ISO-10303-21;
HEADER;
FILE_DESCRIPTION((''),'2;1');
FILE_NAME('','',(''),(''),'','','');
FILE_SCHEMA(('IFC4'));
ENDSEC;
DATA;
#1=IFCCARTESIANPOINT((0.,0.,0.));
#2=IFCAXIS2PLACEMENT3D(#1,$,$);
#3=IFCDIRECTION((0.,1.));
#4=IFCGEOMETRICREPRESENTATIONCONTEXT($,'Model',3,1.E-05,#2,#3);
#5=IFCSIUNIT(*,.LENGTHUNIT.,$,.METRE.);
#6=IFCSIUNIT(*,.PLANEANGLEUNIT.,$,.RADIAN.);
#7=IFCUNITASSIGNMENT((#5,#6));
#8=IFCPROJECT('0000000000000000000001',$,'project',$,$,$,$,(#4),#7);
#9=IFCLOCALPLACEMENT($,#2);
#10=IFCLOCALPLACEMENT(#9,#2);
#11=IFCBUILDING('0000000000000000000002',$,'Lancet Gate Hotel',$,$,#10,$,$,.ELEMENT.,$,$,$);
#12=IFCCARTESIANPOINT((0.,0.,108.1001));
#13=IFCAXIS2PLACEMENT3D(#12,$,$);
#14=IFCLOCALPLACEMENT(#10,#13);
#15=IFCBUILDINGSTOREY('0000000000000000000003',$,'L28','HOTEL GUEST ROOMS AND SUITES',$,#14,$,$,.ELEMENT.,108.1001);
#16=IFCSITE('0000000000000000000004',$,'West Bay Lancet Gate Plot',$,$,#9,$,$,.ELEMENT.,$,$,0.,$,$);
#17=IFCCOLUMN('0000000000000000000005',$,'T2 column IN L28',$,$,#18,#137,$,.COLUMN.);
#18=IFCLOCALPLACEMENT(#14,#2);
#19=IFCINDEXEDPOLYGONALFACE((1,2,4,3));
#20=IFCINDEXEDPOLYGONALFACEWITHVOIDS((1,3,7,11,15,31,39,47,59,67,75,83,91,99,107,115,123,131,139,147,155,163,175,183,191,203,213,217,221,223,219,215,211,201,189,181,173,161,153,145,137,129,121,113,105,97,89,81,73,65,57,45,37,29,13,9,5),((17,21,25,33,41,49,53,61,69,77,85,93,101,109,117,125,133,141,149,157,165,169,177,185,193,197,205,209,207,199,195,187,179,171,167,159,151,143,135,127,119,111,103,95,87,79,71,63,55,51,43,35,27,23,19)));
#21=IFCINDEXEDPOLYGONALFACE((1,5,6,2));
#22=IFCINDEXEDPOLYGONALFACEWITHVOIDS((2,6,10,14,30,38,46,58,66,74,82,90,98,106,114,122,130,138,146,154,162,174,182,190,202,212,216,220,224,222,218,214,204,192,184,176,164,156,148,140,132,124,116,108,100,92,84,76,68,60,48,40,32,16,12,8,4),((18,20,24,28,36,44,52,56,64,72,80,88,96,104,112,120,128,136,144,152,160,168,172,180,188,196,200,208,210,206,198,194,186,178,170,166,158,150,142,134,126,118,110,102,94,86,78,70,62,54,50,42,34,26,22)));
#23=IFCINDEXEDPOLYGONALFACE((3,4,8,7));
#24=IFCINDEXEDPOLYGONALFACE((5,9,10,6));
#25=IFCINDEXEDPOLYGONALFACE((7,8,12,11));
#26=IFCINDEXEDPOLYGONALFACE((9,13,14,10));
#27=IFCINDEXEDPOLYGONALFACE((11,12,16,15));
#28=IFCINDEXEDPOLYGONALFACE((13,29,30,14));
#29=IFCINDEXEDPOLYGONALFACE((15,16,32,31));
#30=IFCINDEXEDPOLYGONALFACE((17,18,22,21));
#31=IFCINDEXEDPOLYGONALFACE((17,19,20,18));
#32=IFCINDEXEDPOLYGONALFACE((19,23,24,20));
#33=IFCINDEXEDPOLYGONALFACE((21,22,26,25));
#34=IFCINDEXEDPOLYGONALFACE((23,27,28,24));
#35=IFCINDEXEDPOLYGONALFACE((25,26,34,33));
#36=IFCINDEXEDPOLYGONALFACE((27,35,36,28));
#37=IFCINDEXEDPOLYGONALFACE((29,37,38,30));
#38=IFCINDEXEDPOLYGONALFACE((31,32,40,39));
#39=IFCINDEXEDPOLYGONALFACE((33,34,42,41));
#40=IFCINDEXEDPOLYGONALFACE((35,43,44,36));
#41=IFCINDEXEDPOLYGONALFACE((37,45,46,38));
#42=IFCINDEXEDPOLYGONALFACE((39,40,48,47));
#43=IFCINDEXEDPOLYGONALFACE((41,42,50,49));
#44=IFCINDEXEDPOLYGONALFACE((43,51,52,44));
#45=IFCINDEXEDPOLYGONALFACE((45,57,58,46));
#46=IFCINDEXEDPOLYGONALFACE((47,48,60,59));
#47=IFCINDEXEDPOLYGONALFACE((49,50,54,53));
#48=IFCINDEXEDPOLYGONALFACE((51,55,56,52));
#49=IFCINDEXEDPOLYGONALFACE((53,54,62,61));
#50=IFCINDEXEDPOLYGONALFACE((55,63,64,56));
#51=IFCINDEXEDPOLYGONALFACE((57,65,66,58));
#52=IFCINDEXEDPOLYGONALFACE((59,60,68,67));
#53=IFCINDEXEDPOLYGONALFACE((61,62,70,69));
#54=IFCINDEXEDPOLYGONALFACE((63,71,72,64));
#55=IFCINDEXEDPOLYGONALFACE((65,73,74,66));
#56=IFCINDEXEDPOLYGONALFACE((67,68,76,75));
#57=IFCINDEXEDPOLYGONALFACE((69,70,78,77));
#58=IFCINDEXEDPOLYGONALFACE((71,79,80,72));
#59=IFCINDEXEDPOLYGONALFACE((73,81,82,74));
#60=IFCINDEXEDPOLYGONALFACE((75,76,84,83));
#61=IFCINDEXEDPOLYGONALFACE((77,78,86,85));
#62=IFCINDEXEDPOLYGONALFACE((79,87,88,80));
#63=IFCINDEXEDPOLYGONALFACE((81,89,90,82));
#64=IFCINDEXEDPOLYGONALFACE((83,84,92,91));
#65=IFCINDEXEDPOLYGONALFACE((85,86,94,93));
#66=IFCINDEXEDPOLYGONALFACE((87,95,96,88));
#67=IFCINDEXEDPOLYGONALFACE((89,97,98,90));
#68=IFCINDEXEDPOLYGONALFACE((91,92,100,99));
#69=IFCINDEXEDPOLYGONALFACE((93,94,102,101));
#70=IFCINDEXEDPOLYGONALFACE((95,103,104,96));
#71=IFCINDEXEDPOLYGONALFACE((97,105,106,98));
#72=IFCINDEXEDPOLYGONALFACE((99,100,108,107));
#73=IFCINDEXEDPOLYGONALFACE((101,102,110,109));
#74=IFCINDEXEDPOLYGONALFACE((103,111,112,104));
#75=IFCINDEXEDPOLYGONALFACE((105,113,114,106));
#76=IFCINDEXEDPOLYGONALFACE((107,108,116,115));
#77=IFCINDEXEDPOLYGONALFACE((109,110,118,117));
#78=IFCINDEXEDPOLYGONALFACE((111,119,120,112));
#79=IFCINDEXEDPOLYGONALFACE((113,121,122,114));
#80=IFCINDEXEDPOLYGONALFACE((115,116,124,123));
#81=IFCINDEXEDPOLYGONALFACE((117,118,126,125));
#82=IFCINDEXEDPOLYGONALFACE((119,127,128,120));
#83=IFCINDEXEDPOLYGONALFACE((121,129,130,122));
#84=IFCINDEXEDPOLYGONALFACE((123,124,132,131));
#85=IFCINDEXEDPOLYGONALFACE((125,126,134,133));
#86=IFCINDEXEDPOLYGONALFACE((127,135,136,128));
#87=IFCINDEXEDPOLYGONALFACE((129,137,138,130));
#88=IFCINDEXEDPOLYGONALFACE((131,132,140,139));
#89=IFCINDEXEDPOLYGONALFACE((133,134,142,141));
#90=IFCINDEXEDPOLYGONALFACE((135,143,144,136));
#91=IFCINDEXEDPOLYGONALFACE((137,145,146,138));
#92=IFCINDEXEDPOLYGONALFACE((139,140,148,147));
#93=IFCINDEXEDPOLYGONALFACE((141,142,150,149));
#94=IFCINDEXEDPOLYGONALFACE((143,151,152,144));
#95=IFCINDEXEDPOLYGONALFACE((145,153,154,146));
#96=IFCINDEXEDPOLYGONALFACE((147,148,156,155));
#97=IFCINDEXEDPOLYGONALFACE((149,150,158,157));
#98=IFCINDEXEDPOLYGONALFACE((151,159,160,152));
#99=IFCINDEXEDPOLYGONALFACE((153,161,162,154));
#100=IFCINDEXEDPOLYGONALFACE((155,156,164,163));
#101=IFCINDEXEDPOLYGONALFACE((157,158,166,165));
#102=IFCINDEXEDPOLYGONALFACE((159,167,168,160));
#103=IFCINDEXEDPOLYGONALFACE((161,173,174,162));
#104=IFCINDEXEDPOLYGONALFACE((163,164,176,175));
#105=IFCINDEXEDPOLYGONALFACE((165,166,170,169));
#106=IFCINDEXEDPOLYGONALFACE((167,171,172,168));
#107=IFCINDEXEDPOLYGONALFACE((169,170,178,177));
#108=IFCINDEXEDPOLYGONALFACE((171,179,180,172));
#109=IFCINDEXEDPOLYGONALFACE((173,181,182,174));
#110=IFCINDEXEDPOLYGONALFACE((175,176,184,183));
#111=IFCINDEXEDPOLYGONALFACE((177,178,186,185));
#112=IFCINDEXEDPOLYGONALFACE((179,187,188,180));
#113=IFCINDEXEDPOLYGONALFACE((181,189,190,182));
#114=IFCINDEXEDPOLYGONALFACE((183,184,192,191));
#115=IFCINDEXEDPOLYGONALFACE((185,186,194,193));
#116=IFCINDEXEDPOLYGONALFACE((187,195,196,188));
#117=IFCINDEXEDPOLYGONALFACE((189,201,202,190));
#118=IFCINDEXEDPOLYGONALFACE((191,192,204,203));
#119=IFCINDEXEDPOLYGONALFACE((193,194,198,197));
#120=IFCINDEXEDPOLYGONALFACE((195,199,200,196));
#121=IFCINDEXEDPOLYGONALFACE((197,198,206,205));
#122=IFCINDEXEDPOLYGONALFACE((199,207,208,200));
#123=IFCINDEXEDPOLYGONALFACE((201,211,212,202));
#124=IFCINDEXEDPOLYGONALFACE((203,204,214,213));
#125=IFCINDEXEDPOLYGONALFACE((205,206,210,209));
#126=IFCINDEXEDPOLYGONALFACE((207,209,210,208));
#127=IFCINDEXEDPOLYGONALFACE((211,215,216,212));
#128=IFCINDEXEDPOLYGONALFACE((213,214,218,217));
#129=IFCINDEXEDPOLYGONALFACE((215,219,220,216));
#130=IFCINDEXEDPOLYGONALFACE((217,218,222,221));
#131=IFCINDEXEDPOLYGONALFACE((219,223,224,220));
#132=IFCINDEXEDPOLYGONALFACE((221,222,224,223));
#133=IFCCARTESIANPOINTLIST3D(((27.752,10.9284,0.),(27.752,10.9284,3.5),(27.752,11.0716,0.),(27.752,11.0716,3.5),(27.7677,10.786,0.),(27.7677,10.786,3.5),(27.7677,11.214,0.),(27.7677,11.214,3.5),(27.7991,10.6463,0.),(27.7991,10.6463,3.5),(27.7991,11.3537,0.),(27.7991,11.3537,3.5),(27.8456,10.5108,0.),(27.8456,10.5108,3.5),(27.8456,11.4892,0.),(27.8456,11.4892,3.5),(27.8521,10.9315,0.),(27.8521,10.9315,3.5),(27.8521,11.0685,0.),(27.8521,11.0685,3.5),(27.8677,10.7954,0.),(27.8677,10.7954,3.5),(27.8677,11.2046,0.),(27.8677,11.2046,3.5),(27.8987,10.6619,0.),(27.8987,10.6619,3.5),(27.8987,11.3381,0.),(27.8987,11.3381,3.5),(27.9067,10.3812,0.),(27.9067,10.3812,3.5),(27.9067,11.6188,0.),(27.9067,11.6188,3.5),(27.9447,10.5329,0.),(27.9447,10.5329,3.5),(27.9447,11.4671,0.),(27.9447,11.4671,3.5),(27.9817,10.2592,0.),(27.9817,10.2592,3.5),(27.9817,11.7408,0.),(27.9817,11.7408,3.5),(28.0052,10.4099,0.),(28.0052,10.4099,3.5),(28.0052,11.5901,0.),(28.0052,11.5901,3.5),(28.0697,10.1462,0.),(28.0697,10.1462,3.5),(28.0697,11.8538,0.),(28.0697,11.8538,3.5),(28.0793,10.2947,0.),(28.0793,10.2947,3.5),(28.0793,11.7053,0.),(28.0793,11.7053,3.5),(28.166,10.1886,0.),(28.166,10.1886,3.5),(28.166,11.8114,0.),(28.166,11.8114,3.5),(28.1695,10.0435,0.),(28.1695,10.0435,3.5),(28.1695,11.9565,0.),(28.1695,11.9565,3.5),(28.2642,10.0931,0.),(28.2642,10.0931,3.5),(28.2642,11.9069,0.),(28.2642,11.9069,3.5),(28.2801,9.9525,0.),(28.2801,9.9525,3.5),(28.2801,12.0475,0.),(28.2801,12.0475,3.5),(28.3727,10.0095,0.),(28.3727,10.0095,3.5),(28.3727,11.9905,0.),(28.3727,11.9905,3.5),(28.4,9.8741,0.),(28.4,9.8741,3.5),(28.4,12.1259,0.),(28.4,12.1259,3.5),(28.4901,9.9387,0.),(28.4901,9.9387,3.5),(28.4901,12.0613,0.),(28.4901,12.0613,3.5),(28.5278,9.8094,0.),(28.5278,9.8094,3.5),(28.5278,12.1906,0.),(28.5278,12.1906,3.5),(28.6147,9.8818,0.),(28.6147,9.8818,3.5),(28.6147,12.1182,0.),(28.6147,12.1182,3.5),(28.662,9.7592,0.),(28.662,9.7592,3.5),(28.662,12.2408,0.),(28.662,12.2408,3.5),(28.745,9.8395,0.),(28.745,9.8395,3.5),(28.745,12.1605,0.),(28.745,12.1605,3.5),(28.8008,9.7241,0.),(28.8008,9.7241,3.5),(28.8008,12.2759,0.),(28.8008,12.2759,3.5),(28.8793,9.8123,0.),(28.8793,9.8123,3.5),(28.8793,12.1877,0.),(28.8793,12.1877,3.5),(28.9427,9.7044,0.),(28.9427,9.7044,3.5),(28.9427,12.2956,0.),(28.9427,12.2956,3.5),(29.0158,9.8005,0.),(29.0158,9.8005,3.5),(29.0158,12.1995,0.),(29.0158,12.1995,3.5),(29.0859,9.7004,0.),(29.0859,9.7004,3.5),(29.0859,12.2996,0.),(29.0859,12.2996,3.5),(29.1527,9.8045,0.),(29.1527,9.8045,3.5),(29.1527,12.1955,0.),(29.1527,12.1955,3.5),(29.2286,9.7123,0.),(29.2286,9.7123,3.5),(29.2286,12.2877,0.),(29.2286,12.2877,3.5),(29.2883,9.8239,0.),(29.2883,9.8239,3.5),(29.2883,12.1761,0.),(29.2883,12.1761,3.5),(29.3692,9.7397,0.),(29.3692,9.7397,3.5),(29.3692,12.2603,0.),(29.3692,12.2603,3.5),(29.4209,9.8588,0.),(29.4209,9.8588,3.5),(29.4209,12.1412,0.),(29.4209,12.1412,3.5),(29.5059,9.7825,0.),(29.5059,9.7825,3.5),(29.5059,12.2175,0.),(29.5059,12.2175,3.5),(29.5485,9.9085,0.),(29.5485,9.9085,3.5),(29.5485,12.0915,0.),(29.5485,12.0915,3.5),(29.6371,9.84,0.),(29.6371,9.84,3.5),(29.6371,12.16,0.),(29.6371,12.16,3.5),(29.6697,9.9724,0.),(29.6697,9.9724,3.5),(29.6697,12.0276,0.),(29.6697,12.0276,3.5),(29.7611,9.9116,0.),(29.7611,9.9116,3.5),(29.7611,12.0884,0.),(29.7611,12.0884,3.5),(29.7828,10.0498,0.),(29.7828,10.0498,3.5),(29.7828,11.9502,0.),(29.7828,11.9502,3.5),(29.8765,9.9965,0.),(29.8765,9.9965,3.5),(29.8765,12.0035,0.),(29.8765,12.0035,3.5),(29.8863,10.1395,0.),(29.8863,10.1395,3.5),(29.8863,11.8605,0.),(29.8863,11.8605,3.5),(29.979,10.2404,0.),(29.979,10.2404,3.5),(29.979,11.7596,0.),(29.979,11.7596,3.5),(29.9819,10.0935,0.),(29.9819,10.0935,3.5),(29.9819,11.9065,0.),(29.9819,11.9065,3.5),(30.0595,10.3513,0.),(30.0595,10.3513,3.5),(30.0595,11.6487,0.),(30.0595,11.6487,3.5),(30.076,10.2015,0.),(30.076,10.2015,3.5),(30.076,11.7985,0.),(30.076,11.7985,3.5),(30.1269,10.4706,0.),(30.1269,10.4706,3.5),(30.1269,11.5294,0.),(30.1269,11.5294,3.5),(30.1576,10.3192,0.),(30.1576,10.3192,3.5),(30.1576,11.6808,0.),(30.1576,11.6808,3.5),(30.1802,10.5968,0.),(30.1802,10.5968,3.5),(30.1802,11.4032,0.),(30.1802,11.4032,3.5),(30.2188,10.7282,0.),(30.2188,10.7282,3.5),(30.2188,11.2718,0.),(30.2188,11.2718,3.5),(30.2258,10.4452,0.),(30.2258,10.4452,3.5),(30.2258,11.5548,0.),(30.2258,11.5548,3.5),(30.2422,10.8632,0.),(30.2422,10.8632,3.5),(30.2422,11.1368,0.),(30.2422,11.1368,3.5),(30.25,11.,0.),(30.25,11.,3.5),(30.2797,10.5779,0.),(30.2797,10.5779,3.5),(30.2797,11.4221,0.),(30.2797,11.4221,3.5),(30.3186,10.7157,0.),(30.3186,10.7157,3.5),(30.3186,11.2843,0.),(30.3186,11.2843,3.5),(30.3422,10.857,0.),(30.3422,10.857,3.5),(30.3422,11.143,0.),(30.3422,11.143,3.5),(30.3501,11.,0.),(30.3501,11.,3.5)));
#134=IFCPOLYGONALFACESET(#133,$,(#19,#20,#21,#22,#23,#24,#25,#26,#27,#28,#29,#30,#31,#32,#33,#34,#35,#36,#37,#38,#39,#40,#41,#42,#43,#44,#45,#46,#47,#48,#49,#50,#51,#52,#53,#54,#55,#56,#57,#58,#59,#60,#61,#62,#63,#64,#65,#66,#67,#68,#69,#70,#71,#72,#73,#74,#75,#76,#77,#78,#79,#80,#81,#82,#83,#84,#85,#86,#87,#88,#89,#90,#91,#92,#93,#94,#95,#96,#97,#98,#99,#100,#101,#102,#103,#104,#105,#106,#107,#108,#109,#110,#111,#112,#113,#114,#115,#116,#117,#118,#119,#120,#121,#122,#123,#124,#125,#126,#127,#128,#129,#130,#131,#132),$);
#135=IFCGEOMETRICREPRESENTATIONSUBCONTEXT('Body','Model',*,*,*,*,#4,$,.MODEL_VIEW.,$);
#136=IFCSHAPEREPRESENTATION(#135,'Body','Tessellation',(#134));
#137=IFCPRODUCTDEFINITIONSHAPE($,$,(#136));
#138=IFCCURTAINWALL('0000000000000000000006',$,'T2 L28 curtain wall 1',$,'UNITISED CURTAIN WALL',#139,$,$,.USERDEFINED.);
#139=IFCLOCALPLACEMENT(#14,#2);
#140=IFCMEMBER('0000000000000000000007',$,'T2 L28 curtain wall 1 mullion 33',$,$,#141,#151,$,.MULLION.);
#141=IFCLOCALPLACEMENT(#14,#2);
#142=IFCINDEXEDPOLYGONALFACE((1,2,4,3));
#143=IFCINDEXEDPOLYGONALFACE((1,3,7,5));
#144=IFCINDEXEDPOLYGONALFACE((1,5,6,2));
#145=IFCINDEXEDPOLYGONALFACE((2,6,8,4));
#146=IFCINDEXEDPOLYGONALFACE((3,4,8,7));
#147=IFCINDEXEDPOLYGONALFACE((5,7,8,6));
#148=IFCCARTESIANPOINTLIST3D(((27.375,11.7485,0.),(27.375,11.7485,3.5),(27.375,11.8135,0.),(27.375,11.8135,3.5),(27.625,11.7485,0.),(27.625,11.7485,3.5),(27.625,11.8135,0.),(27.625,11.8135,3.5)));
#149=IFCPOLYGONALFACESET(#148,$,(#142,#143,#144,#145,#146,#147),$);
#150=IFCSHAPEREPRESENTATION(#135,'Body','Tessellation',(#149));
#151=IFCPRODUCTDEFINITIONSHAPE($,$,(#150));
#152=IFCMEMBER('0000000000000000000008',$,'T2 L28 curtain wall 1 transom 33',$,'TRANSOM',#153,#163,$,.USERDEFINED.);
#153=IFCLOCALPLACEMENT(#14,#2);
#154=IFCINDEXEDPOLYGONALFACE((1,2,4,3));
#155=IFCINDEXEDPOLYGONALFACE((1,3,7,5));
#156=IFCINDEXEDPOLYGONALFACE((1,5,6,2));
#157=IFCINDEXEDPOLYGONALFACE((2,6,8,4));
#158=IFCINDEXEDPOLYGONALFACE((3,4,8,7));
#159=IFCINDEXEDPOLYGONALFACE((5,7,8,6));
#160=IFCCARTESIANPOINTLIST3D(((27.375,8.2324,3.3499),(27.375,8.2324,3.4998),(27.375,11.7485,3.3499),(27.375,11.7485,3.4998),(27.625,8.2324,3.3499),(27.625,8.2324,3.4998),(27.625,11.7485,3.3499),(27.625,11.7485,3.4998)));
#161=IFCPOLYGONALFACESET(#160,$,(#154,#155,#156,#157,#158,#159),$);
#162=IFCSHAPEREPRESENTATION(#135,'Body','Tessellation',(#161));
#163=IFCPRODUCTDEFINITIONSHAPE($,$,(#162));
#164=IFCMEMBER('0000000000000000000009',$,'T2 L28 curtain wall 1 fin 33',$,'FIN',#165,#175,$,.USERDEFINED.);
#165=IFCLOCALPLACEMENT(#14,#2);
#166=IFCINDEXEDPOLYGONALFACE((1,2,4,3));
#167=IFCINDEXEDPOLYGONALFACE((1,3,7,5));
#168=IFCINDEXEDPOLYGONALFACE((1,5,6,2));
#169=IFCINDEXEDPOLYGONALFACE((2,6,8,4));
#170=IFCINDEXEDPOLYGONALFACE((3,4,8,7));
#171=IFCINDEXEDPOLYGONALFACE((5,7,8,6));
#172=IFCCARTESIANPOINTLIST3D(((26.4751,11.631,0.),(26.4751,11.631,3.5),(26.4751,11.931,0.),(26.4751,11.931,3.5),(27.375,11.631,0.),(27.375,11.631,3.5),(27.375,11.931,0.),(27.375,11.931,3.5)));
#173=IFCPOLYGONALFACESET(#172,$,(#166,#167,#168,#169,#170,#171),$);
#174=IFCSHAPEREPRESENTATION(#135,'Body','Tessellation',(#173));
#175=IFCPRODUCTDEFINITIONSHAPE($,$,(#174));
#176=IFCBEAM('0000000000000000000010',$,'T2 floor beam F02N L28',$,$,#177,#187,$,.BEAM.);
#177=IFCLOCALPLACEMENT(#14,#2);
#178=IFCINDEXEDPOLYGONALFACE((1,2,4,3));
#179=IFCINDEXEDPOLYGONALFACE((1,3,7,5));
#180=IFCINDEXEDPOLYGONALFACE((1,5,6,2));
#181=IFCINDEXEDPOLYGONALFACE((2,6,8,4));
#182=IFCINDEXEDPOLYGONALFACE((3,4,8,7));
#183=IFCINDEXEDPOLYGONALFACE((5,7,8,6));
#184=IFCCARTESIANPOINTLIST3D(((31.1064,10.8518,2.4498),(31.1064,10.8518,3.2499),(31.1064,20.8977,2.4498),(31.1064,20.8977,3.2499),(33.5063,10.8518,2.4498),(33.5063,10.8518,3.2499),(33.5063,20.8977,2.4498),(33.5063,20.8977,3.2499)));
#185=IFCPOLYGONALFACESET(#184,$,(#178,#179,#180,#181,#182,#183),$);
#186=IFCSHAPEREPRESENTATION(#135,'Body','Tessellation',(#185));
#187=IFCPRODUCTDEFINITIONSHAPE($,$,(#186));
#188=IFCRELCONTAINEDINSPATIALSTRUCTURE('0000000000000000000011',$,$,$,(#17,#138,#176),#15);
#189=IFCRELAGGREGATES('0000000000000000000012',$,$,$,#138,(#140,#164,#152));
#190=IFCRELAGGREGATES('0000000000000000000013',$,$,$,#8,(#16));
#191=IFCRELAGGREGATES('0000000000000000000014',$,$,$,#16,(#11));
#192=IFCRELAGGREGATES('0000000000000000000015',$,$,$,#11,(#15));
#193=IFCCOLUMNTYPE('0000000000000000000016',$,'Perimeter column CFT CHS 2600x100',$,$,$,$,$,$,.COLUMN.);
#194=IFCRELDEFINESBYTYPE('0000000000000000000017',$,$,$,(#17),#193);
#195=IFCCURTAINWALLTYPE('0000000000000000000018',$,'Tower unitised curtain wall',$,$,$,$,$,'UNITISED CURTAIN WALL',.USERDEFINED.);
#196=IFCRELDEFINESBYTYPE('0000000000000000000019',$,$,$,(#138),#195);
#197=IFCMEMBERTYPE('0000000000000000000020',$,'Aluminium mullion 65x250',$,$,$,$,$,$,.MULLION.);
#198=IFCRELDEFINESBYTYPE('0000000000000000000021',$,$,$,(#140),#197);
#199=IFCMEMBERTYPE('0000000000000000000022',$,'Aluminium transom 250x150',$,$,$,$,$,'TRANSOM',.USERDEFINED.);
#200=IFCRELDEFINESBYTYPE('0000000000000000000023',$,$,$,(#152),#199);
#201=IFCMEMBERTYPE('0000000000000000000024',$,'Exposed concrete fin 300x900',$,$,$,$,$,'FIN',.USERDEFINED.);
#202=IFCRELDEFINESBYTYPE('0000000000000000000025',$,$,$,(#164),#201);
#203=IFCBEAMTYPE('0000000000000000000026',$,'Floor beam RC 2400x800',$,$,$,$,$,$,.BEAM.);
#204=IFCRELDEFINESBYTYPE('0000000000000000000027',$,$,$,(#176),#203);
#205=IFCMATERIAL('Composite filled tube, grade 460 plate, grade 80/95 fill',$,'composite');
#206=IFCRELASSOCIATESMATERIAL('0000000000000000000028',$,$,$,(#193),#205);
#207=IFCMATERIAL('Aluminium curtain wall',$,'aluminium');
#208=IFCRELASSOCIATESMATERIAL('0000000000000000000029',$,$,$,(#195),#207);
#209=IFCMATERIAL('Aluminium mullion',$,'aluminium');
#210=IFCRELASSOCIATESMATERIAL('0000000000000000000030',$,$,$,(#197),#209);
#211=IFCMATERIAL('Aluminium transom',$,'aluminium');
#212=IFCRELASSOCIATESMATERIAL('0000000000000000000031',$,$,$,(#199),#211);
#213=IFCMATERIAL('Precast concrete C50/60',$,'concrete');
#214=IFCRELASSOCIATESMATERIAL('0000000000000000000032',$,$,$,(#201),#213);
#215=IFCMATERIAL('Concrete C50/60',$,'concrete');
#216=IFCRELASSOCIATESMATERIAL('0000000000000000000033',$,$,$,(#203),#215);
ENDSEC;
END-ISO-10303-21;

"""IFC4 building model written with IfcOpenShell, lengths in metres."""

from ifc_helpers import new_model, si_unit, direction, frame, origin, origin_2d, place, context, subcontext, project, spatial, rectangle, hollow_circle, extrude, material, material_profile, profile_set, type_object, element, aggregate, save


model = new_model("IFC4")

# Units and contexts
model_context = context("Model", 3, precision=1e-05, world=origin(), true_north=direction((0.0, 1.0)))
body_context = subcontext(model_context, "Body", "Model", "MODEL_VIEW")
ifc_project = project(units=[si_unit("LENGTHUNIT", "METRE"), si_unit("PLANEANGLEUNIT", "RADIAN")], contexts=[model_context])

# Site, building, storey
site_placement = place(None, origin())
site = spatial("IfcSite", under=ifc_project, at=site_placement, Name="West Bay Lancet Gate Plot", CompositionType="ELEMENT", RefElevation=0.0)
building_placement = place(site_placement, origin())
building = spatial("IfcBuilding", under=site, at=building_placement, Name="Lancet Gate Hotel", CompositionType="ELEMENT")
storey_placement = place(building_placement, frame((0.0, 0.0, 108.1001)))
storey = spatial("IfcBuildingStorey", under=building, at=storey_placement, Name="L28", Description="HOTEL GUEST ROOMS AND SUITES", CompositionType="ELEMENT", Elevation=108.1001)

# Column
ifc_material_1 = material(Name="Composite filled tube, grade 460 plate, grade 80/95 fill", Category="composite")
ifc_material_profile_1 = material_profile(ifc_material_1, hollow_circle(Radius=1.3, WallThickness=0.1001, at=origin_2d()), Name="CHS 2600x100")
ifc_profile_set_1 = profile_set([ifc_material_profile_1], Name="Composite filled tube, grade 460 plate, grade 80/95 fill")
column_type = type_object("IfcColumnType", Name="Perimeter column CFT CHS 2600x100", PredefinedType="COLUMN", material=ifc_profile_set_1)
column_placement = place(storey_placement, frame((29.05, 11.0, 0.0), z_axis=(0.0, 0.0, 1.0), x_axis=(1.0, 0.0, 0.0)))
element("IfcColumn", 1, at=column_placement, inside=storey, type_object=column_type, Name="T2 column IN L28", PredefinedType="COLUMN", context=body_context, shape_type="SweptSolid", body=[
    extrude(hollow_circle(Radius=1.3, WallThickness=0.1001, at=origin_2d()), origin(), (0.0, 0.0, 1.0), 3.5),
])

# Curtain wall, members
ifc_material_2 = material(Name="Aluminium curtain wall", Category="aluminium")
curtain_wall_type = type_object("IfcCurtainWallType", Name="Tower unitised curtain wall", ElementType="UNITISED CURTAIN WALL", PredefinedType="USERDEFINED", material=ifc_material_2)
curtain_wall_placement = place(storey_placement, origin())
curtain_wall = element("IfcCurtainWall", 2, at=curtain_wall_placement, inside=storey, type_object=curtain_wall_type, Name="T2 L28 curtain wall 1", ObjectType="UNITISED CURTAIN WALL", PredefinedType="USERDEFINED")
ifc_material_3 = material(Name="Aluminium mullion", Category="aluminium")
ifc_material_profile_2 = material_profile(ifc_material_3, rectangle(XDim=0.0649, YDim=0.25, at=origin_2d()), Name="MULLION 65x250")
ifc_profile_set_2 = profile_set([ifc_material_profile_2], Name="Aluminium mullion")
member_type_1 = type_object("IfcMemberType", Name="Aluminium mullion 65x250", PredefinedType="MULLION", material=ifc_profile_set_2)
member_1_placement = place(storey_placement, frame((27.5, 11.781, 0.0), z_axis=(0.0, 0.0, 1.0), x_axis=(0.0, -1.0, 0.0)))
member_1 = element("IfcMember", 3, at=member_1_placement, type_object=member_type_1, Name="T2 L28 curtain wall 1 mullion 33", PredefinedType="MULLION", context=body_context, shape_type="SweptSolid", body=[
    extrude(rectangle(XDim=0.0649, YDim=0.25, at=origin_2d()), origin(), (0.0, 0.0, 1.0), 3.5),
])
ifc_material_4 = material(Name="Aluminium transom", Category="aluminium")
ifc_material_profile_3 = material_profile(ifc_material_4, rectangle(XDim=0.25, YDim=0.1499, at=origin_2d()), Name="TRANSOM 250x150")
ifc_profile_set_3 = profile_set([ifc_material_profile_3], Name="Aluminium transom")
member_type_2 = type_object("IfcMemberType", Name="Aluminium transom 250x150", ElementType="TRANSOM", PredefinedType="USERDEFINED", material=ifc_profile_set_3)
member_2_placement = place(storey_placement, frame((27.5, 11.7485, 3.4248), z_axis=(0.0, -1.0, 0.0), x_axis=(1.0, 0.0, 0.0)))
member_2 = element("IfcMember", 4, at=member_2_placement, type_object=member_type_2, Name="T2 L28 curtain wall 1 transom 33", ObjectType="TRANSOM", PredefinedType="USERDEFINED", context=body_context, shape_type="SweptSolid", body=[
    extrude(rectangle(XDim=0.25, YDim=0.1499, at=origin_2d()), origin(), (0.0, 0.0, 1.0), 3.5161),
])
ifc_material_5 = material(Name="Precast concrete C50/60", Category="concrete")
ifc_material_profile_4 = material_profile(ifc_material_5, rectangle(XDim=0.3, YDim=0.8999, at=origin_2d()), Name="FIN 300x900")
ifc_profile_set_4 = profile_set([ifc_material_profile_4], Name="Precast concrete C50/60")
member_type_3 = type_object("IfcMemberType", Name="Exposed concrete fin 300x900", ElementType="FIN", PredefinedType="USERDEFINED", material=ifc_profile_set_4)
member_3_placement = place(storey_placement, frame((26.925, 11.781, 0.0), z_axis=(0.0, 0.0, 1.0), x_axis=(0.0, -1.0, 0.0)))
member_3 = element("IfcMember", 5, at=member_3_placement, type_object=member_type_3, Name="T2 L28 curtain wall 1 fin 33", ObjectType="FIN", PredefinedType="USERDEFINED", context=body_context, shape_type="SweptSolid", body=[
    extrude(rectangle(XDim=0.3, YDim=0.8999, at=origin_2d()), origin(), (0.0, 0.0, 1.0), 3.5),
])

# Beam
ifc_material_6 = material(Name="Concrete C50/60", Category="concrete")
ifc_material_profile_5 = material_profile(ifc_material_6, rectangle(XDim=2.3999, YDim=0.8, at=origin_2d()), Name="RC 2400x800")
ifc_profile_set_5 = profile_set([ifc_material_profile_5], Name="Concrete C50/60")
beam_type_1 = type_object("IfcBeamType", Name="Floor beam RC 2400x800", PredefinedType="BEAM", material=ifc_profile_set_5)
beam_1_placement = place(storey_placement, frame((32.3064, 10.8518, 2.8499), z_axis=(0.0, 1.0, 0.0), x_axis=(-1.0, 0.0, 0.0)))
element("IfcBeam", 6, at=beam_1_placement, inside=storey, type_object=beam_type_1, Name="T2 floor beam F02N L28", PredefinedType="BEAM", context=body_context, shape_type="SweptSolid", body=[
    extrude(rectangle(XDim=2.3999, YDim=0.8, at=origin_2d()), origin(), (0.0, 0.0, 1.0), 10.0459),
])

aggregate(curtain_wall, [member_1, member_3, member_2])

save(model, "model.ifc")
